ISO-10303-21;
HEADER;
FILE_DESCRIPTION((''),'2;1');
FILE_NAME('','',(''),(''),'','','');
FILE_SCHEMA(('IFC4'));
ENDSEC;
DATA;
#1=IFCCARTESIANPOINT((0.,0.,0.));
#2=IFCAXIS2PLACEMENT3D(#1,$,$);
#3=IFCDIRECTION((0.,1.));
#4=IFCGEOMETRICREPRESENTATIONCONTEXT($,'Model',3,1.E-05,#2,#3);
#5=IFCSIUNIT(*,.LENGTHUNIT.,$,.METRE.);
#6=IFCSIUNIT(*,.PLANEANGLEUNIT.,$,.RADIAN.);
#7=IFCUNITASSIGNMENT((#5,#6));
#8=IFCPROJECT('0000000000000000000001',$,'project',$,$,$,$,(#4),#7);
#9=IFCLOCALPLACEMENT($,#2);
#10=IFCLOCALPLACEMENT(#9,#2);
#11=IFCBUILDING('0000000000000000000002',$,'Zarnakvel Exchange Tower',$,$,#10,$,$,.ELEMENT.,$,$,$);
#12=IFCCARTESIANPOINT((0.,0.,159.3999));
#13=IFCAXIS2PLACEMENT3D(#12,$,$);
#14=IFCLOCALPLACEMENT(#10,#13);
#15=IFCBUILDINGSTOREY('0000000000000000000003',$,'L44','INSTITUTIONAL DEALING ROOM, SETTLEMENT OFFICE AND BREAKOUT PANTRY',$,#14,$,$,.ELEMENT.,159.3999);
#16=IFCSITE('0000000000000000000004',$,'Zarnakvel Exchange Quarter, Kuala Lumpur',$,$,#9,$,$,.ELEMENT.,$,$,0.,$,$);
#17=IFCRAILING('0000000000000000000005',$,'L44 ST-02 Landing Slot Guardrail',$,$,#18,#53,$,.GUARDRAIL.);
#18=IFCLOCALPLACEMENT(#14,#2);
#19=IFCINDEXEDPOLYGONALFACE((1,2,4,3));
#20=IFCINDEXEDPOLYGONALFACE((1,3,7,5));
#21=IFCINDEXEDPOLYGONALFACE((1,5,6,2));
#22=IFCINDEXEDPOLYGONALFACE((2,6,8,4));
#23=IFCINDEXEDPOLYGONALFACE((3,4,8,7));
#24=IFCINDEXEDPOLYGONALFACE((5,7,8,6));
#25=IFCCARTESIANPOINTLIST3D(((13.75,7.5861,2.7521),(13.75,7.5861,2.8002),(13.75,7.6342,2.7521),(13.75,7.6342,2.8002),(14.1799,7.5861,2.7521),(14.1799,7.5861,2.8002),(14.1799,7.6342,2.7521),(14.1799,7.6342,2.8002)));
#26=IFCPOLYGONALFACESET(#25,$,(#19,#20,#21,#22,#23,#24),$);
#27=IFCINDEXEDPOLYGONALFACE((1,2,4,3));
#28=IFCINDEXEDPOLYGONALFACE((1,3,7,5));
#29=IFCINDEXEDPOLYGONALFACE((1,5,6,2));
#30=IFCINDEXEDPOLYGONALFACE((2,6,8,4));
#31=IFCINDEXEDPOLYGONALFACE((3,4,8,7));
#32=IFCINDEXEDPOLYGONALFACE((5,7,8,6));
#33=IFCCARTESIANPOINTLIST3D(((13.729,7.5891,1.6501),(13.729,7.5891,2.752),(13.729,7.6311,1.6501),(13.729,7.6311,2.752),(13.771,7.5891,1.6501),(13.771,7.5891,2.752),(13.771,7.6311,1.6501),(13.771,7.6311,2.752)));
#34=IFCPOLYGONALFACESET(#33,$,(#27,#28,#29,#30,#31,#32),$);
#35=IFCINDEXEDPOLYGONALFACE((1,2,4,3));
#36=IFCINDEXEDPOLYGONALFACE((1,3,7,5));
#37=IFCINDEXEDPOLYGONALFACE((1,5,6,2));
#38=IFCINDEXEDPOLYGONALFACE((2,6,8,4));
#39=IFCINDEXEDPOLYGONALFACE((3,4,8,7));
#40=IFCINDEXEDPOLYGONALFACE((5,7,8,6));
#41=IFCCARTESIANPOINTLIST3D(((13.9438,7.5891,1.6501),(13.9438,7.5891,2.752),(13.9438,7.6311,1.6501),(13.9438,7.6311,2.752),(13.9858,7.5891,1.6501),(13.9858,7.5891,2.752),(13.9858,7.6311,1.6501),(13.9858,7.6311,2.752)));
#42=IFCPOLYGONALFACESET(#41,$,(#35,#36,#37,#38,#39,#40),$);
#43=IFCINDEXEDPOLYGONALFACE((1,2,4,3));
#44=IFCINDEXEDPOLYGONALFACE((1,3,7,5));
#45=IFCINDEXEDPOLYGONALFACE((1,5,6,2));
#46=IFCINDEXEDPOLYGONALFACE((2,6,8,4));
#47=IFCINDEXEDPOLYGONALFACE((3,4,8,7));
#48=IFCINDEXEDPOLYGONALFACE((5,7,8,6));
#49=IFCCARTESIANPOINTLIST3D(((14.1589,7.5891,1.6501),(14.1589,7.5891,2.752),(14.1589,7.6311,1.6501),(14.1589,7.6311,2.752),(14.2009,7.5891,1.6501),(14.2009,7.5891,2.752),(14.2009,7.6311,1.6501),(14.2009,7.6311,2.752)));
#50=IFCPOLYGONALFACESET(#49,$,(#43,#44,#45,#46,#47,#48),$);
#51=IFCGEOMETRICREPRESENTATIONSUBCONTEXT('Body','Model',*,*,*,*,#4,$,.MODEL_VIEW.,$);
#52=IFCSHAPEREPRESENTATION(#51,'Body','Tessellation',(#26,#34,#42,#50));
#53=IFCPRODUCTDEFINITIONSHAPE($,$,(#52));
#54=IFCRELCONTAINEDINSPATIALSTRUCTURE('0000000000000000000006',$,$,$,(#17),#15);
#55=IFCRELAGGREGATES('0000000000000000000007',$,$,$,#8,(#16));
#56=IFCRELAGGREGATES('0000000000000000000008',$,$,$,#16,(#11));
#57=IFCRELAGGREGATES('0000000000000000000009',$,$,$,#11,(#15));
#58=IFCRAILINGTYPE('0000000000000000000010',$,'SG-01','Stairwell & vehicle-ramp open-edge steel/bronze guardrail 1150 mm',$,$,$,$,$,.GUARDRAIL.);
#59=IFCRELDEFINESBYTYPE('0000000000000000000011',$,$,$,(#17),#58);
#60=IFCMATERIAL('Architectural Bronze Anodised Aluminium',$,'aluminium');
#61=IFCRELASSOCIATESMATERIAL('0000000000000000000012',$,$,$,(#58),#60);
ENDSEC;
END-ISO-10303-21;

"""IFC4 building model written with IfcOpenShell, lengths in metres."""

from ifc_helpers import new_model, si_unit, direction, frame, origin, origin_2d, place, context, subcontext, project, spatial, rectangle, extrude, material, type_object, element, save


model = new_model("IFC4")

# Units and contexts
model_context = context("Model", 3, precision=1e-05, world=origin(), true_north=direction((0.0, 1.0)))
body_context = subcontext(model_context, "Body", "Model", "MODEL_VIEW")
ifc_project = project(units=[si_unit("LENGTHUNIT", "METRE"), si_unit("PLANEANGLEUNIT", "RADIAN")], contexts=[model_context])

# Site, building, storey
site_placement = place(None, origin())
site = spatial("IfcSite", under=ifc_project, at=site_placement, Name="Zarnakvel Exchange Quarter, Kuala Lumpur", CompositionType="ELEMENT", RefElevation=0.0)
building_placement = place(site_placement, origin())
building = spatial("IfcBuilding", under=site, at=building_placement, Name="Zarnakvel Exchange Tower", CompositionType="ELEMENT")
storey_placement = place(building_placement, frame((0.0, 0.0, 159.3999)))
storey = spatial("IfcBuildingStorey", under=building, at=storey_placement, Name="L44", Description="INSTITUTIONAL DEALING ROOM, SETTLEMENT OFFICE AND BREAKOUT PANTRY", CompositionType="ELEMENT", Elevation=159.3999)

# Shared definitions
ifc_material_1 = material(Name="Architectural Bronze Anodised Aluminium", Category="aluminium")

# Railing
railing_type_1 = type_object("IfcRailingType", Name="SG-01", Description="Stairwell & vehicle-ramp open-edge steel/bronze guardrail 1150 mm", PredefinedType="GUARDRAIL", material=ifc_material_1)
railing_1_placement = place(storey_placement, frame((13.75, 7.6101, 1.6501)))
element("IfcRailing", 1, at=railing_1_placement, inside=storey, type_object=railing_type_1, Name="L44 ST-02 Landing Slot Guardrail", PredefinedType="GUARDRAIL", context=body_context, shape_type="SweptSolid", body=[
    extrude(rectangle(XDim=0.0481, YDim=0.0481, at=origin_2d()), frame((0.0, 0.0, 1.126), z_axis=(1.0, 0.0, 0.0), x_axis=(0.0, 1.0, 0.0)), (0.0, 0.0, 1.0), 0.4299),
    extrude(rectangle(XDim=0.042, YDim=0.042, at=origin_2d()), origin(), (0.0, 0.0, 1.0), 1.1018),
    extrude(rectangle(XDim=0.042, YDim=0.042, at=origin_2d()), frame((0.2148, 0.0, 0.0)), (0.0, 0.0, 1.0), 1.1018),
    extrude(rectangle(XDim=0.042, YDim=0.042, at=origin_2d()), frame((0.4299, 0.0, 0.0)), (0.0, 0.0, 1.0), 1.1018),
])

save(model, "model.ifc")
